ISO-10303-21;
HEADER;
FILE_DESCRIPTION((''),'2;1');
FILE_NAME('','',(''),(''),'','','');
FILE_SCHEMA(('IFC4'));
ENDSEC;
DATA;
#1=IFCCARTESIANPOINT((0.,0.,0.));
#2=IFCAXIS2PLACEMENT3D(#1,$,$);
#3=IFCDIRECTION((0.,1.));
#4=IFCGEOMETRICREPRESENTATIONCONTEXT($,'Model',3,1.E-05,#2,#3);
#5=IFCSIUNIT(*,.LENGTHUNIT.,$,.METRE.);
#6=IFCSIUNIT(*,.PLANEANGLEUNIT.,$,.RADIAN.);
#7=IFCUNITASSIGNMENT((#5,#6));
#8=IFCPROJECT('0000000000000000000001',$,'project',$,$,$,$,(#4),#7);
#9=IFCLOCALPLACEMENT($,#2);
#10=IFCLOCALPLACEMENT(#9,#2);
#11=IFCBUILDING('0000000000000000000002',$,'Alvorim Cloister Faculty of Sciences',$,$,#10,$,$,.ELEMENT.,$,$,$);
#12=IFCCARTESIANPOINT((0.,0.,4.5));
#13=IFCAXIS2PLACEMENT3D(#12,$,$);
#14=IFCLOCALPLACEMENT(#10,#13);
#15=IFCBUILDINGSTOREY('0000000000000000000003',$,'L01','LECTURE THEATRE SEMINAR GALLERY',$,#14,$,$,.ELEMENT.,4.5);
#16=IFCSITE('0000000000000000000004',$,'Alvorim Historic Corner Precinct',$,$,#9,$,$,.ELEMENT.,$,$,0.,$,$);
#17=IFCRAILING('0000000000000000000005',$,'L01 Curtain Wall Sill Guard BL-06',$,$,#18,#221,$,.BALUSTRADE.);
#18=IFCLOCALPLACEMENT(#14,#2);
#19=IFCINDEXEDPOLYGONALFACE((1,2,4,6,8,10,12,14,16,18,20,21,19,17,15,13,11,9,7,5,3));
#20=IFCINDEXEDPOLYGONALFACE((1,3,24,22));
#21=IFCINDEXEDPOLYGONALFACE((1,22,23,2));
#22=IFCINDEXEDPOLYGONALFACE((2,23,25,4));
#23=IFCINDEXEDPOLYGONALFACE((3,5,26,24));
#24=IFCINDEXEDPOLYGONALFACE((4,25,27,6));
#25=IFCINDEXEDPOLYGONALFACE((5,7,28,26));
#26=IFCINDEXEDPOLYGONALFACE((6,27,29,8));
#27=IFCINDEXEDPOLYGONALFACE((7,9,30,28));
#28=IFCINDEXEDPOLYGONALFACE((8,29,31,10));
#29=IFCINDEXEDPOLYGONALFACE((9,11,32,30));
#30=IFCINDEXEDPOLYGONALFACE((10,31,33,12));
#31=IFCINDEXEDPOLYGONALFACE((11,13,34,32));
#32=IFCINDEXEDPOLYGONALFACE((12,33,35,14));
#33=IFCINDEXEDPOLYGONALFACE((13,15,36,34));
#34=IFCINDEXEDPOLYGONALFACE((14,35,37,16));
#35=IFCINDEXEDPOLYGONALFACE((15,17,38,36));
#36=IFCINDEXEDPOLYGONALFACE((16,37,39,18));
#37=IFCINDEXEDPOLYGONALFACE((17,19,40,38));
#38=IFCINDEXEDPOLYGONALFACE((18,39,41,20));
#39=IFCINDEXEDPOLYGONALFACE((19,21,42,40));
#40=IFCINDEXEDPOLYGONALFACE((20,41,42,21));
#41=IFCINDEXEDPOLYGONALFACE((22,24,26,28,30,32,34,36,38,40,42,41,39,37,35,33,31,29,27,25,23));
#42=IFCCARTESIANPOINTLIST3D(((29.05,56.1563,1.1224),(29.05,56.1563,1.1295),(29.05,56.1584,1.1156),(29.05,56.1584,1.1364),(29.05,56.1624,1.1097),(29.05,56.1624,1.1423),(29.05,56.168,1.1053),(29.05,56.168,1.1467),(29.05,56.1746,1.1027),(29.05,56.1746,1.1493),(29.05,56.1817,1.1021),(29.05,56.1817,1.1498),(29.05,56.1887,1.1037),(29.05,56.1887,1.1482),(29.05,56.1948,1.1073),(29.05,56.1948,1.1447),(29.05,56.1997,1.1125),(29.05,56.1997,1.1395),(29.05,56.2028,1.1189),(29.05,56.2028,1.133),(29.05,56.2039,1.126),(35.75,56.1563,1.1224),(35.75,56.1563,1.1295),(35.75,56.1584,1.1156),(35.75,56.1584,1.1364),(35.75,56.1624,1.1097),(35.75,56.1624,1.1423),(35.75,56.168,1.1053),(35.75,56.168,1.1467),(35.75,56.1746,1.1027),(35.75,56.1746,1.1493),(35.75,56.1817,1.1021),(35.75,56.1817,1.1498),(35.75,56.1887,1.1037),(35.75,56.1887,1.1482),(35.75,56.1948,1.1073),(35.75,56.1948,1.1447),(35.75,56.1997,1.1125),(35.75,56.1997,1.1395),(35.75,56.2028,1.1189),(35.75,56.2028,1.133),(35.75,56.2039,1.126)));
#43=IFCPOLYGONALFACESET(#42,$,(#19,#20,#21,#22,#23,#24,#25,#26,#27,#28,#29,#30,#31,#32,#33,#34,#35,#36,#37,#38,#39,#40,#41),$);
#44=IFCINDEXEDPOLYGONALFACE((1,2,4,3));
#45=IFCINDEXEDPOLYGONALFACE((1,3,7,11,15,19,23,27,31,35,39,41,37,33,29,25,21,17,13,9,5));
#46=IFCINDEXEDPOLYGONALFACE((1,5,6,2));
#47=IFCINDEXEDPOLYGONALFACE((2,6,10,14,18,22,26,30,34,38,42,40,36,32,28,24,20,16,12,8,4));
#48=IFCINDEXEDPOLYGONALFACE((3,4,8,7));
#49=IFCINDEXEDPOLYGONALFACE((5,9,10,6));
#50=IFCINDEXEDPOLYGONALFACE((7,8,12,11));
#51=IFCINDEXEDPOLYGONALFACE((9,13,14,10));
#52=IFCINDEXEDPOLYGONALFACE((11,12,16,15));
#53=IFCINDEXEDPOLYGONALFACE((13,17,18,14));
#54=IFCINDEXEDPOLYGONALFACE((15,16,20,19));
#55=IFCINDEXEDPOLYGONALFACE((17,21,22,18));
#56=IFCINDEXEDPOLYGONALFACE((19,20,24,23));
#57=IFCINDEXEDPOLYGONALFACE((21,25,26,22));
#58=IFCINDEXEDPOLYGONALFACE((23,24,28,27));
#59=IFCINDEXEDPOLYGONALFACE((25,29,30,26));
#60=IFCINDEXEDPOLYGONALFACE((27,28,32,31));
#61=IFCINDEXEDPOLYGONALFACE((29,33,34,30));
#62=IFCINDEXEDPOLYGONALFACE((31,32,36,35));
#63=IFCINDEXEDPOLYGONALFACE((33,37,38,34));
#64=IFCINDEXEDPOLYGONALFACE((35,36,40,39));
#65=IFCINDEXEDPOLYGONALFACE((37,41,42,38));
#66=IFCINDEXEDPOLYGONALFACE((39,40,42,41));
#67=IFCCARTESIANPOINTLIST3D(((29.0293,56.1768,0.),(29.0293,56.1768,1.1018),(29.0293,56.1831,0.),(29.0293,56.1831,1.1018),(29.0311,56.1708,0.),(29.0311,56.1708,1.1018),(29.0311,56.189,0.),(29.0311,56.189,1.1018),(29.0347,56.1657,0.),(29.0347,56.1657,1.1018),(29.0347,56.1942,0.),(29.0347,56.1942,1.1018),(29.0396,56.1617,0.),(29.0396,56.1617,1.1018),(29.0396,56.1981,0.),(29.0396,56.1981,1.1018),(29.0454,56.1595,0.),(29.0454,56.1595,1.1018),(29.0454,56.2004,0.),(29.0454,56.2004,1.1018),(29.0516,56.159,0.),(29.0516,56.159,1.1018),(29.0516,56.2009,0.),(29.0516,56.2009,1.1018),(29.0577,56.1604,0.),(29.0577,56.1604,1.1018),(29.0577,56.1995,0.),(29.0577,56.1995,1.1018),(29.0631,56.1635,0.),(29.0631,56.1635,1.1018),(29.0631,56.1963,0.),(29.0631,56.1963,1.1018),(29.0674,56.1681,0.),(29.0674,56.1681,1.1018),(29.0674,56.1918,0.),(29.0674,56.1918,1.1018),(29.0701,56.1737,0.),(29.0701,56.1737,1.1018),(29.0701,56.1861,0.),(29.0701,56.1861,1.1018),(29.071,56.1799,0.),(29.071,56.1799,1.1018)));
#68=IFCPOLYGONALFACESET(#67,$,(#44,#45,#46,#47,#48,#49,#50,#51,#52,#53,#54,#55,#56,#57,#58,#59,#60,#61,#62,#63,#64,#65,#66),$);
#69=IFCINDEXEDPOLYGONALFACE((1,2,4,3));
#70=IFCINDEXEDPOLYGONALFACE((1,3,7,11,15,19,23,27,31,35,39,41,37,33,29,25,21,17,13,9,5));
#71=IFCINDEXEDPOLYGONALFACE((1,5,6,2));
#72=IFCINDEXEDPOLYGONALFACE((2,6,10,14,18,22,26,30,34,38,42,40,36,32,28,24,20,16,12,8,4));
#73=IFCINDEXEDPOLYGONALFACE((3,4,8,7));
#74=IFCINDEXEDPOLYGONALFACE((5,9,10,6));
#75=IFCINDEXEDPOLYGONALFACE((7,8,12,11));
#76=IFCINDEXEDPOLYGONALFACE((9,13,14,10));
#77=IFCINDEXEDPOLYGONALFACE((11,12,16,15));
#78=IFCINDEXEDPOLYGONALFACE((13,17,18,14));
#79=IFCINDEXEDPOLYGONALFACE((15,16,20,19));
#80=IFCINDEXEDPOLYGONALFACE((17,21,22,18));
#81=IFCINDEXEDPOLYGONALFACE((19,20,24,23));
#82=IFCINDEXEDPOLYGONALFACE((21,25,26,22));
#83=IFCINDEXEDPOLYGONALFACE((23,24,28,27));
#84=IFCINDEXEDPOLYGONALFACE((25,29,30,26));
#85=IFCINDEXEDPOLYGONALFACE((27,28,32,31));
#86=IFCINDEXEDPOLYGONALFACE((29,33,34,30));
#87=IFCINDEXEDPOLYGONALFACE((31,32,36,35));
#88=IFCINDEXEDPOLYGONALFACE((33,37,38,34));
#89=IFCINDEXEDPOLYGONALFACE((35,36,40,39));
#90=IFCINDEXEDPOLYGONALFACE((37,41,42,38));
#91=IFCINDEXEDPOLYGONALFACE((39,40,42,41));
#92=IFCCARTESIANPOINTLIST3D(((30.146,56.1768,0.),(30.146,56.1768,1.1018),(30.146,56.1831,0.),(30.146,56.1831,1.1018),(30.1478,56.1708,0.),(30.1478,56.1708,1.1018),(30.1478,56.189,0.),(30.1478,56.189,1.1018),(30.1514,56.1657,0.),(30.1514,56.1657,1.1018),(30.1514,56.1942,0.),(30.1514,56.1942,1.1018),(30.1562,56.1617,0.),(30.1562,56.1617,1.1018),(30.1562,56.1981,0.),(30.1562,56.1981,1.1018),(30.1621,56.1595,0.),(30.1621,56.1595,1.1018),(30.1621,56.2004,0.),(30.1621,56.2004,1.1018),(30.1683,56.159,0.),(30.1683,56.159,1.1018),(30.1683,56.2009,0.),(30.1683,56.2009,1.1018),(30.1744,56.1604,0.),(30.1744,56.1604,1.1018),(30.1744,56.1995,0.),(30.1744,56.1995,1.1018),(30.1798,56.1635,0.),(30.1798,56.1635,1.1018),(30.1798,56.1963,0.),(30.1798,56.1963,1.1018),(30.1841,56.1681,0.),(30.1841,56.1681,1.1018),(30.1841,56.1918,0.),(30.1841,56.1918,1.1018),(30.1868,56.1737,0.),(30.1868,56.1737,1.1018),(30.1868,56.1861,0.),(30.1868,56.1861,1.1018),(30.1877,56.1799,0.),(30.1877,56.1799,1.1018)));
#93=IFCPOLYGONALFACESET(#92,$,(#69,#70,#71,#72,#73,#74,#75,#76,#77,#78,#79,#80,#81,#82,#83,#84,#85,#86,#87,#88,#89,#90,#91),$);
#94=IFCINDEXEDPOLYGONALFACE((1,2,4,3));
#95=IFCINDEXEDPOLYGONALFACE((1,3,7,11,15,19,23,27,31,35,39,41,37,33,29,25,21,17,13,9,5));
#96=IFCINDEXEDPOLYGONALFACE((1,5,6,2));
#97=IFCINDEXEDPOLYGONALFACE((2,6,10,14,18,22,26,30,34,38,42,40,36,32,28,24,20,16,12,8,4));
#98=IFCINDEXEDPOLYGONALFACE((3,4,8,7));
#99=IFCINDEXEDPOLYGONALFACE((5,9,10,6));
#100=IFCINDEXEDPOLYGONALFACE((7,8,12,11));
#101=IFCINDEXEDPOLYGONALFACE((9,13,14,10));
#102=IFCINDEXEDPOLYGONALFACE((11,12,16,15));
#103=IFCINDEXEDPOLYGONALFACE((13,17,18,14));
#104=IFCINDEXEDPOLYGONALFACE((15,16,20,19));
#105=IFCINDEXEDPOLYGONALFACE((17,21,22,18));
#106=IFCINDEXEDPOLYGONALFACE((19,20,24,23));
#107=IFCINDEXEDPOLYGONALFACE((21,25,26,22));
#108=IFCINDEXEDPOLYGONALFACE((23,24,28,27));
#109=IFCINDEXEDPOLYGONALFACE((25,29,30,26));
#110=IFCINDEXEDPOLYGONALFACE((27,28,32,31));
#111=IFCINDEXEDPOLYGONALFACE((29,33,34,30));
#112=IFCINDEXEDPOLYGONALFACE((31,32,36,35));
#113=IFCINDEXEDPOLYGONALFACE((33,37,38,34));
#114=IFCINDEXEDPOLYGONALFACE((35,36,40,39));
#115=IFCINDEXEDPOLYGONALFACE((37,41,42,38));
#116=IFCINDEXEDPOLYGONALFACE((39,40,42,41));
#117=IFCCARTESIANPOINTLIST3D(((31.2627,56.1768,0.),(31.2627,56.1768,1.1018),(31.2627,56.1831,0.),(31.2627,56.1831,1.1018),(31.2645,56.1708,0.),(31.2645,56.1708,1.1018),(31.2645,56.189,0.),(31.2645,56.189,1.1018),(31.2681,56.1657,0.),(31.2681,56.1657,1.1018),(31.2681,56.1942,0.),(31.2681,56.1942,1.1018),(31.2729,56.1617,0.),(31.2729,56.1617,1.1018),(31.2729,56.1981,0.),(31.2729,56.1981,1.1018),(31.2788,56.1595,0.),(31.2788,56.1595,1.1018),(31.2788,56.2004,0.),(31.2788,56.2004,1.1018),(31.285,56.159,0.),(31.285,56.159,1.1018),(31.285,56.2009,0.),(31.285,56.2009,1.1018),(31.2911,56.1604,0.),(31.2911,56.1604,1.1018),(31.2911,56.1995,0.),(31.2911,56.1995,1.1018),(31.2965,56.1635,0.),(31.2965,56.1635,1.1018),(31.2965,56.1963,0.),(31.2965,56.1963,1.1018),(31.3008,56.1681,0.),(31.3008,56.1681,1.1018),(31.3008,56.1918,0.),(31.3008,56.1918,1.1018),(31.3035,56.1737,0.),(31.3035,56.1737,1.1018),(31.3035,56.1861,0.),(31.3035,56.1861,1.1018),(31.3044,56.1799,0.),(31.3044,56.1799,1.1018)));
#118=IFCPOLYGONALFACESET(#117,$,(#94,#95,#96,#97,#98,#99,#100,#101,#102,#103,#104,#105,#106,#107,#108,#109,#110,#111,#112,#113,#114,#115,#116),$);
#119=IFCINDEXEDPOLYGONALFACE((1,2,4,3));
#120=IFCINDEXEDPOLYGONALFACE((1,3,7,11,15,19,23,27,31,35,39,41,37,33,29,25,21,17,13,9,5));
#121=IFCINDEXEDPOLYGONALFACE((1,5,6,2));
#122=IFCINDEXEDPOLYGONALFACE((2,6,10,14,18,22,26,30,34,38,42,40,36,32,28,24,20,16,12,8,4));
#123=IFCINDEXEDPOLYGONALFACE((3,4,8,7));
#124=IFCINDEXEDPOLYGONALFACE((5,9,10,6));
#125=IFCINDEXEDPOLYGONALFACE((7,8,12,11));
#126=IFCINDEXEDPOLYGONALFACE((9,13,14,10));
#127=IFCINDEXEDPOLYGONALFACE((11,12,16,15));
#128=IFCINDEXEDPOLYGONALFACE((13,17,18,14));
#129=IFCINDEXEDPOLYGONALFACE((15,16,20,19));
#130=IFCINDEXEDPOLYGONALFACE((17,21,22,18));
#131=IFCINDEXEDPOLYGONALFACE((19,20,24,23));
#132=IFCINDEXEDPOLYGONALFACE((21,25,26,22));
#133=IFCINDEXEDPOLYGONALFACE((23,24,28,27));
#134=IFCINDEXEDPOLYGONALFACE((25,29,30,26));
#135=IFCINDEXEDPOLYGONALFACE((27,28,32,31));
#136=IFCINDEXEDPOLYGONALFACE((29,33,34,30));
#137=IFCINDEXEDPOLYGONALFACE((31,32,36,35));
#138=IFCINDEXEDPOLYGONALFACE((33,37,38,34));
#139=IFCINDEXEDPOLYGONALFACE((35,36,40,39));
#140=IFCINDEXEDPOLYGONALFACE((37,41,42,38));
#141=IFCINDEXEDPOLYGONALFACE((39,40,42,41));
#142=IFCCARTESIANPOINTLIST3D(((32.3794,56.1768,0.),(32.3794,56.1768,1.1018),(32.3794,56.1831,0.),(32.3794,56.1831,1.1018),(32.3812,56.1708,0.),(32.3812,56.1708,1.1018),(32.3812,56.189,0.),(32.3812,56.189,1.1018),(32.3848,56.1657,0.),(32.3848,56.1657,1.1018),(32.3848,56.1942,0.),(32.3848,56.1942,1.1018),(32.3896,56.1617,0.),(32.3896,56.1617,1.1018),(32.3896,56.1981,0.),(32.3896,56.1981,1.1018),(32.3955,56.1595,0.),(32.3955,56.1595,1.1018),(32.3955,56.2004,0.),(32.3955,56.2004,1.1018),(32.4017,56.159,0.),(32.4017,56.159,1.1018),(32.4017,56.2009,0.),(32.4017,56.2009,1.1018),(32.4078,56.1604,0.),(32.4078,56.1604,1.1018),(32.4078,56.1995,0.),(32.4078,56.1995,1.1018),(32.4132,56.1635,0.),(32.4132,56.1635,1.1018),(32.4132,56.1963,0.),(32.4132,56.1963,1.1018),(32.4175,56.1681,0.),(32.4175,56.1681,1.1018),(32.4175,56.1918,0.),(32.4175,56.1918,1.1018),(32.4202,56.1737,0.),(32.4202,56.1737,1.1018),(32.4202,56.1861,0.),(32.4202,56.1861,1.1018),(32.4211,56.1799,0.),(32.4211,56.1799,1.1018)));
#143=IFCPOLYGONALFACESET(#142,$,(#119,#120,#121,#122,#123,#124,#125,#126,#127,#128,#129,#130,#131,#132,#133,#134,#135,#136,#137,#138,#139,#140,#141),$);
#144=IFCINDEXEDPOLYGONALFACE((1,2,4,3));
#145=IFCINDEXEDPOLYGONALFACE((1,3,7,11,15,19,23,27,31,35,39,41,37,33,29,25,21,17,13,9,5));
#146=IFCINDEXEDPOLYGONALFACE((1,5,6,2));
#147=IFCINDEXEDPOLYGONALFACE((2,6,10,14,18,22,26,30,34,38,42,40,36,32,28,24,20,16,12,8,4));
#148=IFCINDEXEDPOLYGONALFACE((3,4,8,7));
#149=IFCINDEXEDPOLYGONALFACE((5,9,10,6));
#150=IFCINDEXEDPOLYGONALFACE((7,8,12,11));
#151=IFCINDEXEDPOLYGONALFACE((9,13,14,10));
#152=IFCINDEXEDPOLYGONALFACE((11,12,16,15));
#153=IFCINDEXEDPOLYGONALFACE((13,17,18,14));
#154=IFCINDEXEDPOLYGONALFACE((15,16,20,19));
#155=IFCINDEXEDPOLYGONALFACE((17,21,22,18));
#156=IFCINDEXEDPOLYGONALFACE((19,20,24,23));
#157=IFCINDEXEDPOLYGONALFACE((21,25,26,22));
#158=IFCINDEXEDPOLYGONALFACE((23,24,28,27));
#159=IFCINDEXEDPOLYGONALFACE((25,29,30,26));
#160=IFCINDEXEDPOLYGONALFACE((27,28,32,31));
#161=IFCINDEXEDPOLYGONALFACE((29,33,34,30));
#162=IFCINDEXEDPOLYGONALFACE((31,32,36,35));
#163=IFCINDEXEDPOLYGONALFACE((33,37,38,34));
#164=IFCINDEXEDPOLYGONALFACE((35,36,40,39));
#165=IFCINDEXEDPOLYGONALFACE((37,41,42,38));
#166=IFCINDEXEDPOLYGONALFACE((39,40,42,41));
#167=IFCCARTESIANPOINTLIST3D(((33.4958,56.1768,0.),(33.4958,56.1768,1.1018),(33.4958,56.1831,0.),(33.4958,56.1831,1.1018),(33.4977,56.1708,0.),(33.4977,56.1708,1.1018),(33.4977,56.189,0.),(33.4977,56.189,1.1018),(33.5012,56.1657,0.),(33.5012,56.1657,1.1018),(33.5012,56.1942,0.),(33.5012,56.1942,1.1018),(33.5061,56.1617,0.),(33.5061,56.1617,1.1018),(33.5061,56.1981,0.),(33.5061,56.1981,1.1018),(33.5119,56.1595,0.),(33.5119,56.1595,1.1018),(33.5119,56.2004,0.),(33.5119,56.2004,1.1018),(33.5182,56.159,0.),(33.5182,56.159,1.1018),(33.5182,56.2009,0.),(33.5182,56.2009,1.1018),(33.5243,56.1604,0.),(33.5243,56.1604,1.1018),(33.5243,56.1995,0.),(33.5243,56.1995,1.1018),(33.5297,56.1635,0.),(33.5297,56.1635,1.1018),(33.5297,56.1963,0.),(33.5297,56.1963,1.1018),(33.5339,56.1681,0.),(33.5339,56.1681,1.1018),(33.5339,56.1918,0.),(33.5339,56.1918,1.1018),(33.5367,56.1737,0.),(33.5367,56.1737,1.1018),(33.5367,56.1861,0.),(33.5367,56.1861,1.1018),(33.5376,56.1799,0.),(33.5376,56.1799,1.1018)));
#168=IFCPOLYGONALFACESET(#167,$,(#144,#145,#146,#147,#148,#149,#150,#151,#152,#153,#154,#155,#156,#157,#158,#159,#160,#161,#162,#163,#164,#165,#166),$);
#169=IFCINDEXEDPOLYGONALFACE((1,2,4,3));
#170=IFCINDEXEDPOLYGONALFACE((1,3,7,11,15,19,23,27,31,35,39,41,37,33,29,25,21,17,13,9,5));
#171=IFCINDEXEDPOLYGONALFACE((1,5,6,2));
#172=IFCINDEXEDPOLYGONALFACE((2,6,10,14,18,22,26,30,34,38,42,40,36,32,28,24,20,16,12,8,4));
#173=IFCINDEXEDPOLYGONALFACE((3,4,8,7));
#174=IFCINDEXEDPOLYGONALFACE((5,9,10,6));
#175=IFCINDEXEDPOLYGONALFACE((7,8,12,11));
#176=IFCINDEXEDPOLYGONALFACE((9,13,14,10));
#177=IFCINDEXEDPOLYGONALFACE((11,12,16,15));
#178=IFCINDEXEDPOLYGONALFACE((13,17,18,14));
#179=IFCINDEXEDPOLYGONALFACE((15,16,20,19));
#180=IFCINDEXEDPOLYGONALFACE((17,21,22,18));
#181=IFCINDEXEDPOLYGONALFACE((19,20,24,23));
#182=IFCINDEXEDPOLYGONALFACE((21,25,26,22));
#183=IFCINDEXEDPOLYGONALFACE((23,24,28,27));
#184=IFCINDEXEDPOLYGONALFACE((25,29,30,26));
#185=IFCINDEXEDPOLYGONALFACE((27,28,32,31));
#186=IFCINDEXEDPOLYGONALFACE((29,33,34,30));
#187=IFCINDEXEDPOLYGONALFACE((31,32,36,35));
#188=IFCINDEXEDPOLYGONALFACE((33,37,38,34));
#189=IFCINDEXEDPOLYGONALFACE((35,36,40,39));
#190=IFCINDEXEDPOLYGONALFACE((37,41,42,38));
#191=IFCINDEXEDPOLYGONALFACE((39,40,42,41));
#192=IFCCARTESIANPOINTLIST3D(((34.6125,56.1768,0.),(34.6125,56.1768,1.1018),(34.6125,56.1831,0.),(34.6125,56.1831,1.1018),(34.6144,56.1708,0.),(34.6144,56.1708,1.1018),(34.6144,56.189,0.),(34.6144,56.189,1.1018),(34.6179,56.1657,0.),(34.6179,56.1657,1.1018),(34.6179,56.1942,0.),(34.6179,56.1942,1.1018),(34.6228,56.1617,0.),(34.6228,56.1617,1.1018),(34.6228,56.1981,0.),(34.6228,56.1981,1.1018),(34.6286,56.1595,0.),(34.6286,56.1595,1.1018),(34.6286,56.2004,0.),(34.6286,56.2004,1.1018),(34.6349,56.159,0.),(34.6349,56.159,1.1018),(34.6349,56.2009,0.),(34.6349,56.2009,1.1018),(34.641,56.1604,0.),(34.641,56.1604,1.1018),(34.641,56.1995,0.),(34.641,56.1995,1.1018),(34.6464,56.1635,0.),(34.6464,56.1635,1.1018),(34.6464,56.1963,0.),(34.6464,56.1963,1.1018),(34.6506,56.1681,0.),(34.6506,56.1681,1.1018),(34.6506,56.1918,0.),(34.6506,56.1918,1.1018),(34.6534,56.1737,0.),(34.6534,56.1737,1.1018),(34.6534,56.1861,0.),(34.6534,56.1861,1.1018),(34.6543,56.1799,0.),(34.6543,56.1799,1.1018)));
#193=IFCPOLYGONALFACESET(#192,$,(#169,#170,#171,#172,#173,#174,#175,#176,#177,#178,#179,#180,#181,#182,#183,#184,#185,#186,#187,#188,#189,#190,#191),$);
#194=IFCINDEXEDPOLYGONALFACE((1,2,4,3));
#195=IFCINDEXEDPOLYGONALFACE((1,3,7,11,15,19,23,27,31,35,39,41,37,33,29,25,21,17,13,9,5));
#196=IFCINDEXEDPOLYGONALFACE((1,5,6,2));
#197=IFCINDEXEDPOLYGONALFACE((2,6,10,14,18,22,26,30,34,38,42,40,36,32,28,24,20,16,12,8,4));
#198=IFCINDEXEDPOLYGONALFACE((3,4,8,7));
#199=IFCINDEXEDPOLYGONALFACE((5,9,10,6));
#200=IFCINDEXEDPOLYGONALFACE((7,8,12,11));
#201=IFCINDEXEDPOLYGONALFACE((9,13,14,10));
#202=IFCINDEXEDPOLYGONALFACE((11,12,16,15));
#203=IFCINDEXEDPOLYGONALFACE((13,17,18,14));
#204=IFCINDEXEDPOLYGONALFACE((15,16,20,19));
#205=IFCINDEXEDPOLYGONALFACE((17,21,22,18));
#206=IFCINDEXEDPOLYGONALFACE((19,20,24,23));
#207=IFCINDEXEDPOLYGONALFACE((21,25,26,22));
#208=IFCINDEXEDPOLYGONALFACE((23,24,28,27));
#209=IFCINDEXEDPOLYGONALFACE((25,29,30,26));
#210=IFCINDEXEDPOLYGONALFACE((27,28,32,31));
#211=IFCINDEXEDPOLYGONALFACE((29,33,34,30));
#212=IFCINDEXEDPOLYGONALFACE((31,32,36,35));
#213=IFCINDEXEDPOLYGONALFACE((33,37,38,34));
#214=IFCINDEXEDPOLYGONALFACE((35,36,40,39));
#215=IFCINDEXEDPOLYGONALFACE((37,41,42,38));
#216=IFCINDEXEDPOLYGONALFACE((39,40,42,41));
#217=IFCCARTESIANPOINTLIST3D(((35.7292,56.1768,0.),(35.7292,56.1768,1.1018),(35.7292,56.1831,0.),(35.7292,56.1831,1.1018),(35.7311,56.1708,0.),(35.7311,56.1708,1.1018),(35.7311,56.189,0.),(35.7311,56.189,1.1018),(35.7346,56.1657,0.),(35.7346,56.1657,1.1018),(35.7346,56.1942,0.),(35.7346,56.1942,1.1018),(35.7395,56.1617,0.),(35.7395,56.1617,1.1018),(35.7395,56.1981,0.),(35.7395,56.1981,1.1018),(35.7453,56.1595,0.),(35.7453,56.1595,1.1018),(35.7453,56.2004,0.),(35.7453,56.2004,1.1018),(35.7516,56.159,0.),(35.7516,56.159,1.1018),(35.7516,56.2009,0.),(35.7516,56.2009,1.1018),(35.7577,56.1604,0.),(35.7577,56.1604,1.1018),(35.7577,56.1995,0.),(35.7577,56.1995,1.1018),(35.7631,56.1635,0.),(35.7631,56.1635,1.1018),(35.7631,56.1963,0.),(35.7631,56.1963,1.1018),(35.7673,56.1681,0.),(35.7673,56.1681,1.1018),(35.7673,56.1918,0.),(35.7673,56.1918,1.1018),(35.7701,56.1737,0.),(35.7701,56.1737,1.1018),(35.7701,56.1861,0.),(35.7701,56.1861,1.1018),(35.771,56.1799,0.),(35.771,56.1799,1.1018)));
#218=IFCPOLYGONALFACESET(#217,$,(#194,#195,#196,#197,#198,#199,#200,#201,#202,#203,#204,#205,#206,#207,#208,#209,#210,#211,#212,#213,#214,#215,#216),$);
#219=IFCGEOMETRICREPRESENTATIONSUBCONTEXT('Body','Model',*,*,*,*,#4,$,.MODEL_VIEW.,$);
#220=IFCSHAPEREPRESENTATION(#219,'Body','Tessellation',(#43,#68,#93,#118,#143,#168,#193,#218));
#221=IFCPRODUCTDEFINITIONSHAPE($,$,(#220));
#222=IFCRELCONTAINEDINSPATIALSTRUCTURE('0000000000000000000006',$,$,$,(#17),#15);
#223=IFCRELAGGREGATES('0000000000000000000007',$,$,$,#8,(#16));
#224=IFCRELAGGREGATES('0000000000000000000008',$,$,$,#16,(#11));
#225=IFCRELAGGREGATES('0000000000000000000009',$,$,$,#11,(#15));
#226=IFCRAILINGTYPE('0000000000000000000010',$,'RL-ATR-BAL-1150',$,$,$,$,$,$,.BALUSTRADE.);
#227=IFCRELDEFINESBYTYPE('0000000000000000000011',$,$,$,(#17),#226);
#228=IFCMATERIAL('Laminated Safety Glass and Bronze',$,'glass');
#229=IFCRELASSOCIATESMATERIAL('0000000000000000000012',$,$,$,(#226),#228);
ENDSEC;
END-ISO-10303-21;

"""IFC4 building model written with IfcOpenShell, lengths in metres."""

from ifc_helpers import new_model, si_unit, direction, frame, origin, origin_2d, place, context, subcontext, project, spatial, circle, extrude, material, type_object, element, save


model = new_model("IFC4")

# Units and contexts
model_context = context("Model", 3, precision=1e-05, world=origin(), true_north=direction((0.0, 1.0)))
body_context = subcontext(model_context, "Body", "Model", "MODEL_VIEW")
ifc_project = project(units=[si_unit("LENGTHUNIT", "METRE"), si_unit("PLANEANGLEUNIT", "RADIAN")], contexts=[model_context])

# Site, building, storey
site_placement = place(None, origin())
site = spatial("IfcSite", under=ifc_project, at=site_placement, Name="Alvorim Historic Corner Precinct", CompositionType="ELEMENT", RefElevation=0.0)
building_placement = place(site_placement, origin())
building = spatial("IfcBuilding", under=site, at=building_placement, Name="Alvorim Cloister Faculty of Sciences", CompositionType="ELEMENT")
storey_placement = place(building_placement, frame((0.0, 0.0, 4.5)))
storey = spatial("IfcBuildingStorey", under=building, at=storey_placement, Name="L01", Description="LECTURE THEATRE SEMINAR GALLERY", CompositionType="ELEMENT", Elevation=4.5)

# Railing
ifc_material_1 = material(Name="Laminated Safety Glass and Bronze", Category="glass")
railing_type = type_object("IfcRailingType", Name="RL-ATR-BAL-1150", PredefinedType="BALUSTRADE", material=ifc_material_1)
railing_placement = place(storey_placement, frame((29.05, 56.1799, 0.0)))
element("IfcRailing", 1, at=railing_placement, inside=storey, type_object=railing_type, Name="L01 Curtain Wall Sill Guard BL-06", PredefinedType="BALUSTRADE", context=body_context, shape_type="SweptSolid", body=[
    extrude(circle(Radius=0.0239, at=origin_2d()), frame((0.0, 0.0, 1.126), z_axis=(1.0, 0.0, 0.0), x_axis=(0.0, 1.0, 0.0)), (0.0, 0.0, 1.0), 6.7),
    extrude(circle(Radius=0.021, at=origin_2d()), origin(), (0.0, 0.0, 1.0), 1.1018),
    extrude(circle(Radius=0.021, at=origin_2d()), frame((1.1167, 0.0, 0.0)), (0.0, 0.0, 1.0), 1.1018),
    extrude(circle(Radius=0.021, at=origin_2d()), frame((2.2334, 0.0, 0.0)), (0.0, 0.0, 1.0), 1.1018),
    extrude(circle(Radius=0.021, at=origin_2d()), frame((3.3501, 0.0, 0.0)), (0.0, 0.0, 1.0), 1.1018),
    extrude(circle(Radius=0.021, at=origin_2d()), frame((4.4666, 0.0, 0.0)), (0.0, 0.0, 1.0), 1.1018),
    extrude(circle(Radius=0.021, at=origin_2d()), frame((5.5833, 0.0, 0.0)), (0.0, 0.0, 1.0), 1.1018),
    extrude(circle(Radius=0.021, at=origin_2d()), frame((6.7, 0.0, 0.0)), (0.0, 0.0, 1.0), 1.1018),
])

save(model, "model.ifc")
